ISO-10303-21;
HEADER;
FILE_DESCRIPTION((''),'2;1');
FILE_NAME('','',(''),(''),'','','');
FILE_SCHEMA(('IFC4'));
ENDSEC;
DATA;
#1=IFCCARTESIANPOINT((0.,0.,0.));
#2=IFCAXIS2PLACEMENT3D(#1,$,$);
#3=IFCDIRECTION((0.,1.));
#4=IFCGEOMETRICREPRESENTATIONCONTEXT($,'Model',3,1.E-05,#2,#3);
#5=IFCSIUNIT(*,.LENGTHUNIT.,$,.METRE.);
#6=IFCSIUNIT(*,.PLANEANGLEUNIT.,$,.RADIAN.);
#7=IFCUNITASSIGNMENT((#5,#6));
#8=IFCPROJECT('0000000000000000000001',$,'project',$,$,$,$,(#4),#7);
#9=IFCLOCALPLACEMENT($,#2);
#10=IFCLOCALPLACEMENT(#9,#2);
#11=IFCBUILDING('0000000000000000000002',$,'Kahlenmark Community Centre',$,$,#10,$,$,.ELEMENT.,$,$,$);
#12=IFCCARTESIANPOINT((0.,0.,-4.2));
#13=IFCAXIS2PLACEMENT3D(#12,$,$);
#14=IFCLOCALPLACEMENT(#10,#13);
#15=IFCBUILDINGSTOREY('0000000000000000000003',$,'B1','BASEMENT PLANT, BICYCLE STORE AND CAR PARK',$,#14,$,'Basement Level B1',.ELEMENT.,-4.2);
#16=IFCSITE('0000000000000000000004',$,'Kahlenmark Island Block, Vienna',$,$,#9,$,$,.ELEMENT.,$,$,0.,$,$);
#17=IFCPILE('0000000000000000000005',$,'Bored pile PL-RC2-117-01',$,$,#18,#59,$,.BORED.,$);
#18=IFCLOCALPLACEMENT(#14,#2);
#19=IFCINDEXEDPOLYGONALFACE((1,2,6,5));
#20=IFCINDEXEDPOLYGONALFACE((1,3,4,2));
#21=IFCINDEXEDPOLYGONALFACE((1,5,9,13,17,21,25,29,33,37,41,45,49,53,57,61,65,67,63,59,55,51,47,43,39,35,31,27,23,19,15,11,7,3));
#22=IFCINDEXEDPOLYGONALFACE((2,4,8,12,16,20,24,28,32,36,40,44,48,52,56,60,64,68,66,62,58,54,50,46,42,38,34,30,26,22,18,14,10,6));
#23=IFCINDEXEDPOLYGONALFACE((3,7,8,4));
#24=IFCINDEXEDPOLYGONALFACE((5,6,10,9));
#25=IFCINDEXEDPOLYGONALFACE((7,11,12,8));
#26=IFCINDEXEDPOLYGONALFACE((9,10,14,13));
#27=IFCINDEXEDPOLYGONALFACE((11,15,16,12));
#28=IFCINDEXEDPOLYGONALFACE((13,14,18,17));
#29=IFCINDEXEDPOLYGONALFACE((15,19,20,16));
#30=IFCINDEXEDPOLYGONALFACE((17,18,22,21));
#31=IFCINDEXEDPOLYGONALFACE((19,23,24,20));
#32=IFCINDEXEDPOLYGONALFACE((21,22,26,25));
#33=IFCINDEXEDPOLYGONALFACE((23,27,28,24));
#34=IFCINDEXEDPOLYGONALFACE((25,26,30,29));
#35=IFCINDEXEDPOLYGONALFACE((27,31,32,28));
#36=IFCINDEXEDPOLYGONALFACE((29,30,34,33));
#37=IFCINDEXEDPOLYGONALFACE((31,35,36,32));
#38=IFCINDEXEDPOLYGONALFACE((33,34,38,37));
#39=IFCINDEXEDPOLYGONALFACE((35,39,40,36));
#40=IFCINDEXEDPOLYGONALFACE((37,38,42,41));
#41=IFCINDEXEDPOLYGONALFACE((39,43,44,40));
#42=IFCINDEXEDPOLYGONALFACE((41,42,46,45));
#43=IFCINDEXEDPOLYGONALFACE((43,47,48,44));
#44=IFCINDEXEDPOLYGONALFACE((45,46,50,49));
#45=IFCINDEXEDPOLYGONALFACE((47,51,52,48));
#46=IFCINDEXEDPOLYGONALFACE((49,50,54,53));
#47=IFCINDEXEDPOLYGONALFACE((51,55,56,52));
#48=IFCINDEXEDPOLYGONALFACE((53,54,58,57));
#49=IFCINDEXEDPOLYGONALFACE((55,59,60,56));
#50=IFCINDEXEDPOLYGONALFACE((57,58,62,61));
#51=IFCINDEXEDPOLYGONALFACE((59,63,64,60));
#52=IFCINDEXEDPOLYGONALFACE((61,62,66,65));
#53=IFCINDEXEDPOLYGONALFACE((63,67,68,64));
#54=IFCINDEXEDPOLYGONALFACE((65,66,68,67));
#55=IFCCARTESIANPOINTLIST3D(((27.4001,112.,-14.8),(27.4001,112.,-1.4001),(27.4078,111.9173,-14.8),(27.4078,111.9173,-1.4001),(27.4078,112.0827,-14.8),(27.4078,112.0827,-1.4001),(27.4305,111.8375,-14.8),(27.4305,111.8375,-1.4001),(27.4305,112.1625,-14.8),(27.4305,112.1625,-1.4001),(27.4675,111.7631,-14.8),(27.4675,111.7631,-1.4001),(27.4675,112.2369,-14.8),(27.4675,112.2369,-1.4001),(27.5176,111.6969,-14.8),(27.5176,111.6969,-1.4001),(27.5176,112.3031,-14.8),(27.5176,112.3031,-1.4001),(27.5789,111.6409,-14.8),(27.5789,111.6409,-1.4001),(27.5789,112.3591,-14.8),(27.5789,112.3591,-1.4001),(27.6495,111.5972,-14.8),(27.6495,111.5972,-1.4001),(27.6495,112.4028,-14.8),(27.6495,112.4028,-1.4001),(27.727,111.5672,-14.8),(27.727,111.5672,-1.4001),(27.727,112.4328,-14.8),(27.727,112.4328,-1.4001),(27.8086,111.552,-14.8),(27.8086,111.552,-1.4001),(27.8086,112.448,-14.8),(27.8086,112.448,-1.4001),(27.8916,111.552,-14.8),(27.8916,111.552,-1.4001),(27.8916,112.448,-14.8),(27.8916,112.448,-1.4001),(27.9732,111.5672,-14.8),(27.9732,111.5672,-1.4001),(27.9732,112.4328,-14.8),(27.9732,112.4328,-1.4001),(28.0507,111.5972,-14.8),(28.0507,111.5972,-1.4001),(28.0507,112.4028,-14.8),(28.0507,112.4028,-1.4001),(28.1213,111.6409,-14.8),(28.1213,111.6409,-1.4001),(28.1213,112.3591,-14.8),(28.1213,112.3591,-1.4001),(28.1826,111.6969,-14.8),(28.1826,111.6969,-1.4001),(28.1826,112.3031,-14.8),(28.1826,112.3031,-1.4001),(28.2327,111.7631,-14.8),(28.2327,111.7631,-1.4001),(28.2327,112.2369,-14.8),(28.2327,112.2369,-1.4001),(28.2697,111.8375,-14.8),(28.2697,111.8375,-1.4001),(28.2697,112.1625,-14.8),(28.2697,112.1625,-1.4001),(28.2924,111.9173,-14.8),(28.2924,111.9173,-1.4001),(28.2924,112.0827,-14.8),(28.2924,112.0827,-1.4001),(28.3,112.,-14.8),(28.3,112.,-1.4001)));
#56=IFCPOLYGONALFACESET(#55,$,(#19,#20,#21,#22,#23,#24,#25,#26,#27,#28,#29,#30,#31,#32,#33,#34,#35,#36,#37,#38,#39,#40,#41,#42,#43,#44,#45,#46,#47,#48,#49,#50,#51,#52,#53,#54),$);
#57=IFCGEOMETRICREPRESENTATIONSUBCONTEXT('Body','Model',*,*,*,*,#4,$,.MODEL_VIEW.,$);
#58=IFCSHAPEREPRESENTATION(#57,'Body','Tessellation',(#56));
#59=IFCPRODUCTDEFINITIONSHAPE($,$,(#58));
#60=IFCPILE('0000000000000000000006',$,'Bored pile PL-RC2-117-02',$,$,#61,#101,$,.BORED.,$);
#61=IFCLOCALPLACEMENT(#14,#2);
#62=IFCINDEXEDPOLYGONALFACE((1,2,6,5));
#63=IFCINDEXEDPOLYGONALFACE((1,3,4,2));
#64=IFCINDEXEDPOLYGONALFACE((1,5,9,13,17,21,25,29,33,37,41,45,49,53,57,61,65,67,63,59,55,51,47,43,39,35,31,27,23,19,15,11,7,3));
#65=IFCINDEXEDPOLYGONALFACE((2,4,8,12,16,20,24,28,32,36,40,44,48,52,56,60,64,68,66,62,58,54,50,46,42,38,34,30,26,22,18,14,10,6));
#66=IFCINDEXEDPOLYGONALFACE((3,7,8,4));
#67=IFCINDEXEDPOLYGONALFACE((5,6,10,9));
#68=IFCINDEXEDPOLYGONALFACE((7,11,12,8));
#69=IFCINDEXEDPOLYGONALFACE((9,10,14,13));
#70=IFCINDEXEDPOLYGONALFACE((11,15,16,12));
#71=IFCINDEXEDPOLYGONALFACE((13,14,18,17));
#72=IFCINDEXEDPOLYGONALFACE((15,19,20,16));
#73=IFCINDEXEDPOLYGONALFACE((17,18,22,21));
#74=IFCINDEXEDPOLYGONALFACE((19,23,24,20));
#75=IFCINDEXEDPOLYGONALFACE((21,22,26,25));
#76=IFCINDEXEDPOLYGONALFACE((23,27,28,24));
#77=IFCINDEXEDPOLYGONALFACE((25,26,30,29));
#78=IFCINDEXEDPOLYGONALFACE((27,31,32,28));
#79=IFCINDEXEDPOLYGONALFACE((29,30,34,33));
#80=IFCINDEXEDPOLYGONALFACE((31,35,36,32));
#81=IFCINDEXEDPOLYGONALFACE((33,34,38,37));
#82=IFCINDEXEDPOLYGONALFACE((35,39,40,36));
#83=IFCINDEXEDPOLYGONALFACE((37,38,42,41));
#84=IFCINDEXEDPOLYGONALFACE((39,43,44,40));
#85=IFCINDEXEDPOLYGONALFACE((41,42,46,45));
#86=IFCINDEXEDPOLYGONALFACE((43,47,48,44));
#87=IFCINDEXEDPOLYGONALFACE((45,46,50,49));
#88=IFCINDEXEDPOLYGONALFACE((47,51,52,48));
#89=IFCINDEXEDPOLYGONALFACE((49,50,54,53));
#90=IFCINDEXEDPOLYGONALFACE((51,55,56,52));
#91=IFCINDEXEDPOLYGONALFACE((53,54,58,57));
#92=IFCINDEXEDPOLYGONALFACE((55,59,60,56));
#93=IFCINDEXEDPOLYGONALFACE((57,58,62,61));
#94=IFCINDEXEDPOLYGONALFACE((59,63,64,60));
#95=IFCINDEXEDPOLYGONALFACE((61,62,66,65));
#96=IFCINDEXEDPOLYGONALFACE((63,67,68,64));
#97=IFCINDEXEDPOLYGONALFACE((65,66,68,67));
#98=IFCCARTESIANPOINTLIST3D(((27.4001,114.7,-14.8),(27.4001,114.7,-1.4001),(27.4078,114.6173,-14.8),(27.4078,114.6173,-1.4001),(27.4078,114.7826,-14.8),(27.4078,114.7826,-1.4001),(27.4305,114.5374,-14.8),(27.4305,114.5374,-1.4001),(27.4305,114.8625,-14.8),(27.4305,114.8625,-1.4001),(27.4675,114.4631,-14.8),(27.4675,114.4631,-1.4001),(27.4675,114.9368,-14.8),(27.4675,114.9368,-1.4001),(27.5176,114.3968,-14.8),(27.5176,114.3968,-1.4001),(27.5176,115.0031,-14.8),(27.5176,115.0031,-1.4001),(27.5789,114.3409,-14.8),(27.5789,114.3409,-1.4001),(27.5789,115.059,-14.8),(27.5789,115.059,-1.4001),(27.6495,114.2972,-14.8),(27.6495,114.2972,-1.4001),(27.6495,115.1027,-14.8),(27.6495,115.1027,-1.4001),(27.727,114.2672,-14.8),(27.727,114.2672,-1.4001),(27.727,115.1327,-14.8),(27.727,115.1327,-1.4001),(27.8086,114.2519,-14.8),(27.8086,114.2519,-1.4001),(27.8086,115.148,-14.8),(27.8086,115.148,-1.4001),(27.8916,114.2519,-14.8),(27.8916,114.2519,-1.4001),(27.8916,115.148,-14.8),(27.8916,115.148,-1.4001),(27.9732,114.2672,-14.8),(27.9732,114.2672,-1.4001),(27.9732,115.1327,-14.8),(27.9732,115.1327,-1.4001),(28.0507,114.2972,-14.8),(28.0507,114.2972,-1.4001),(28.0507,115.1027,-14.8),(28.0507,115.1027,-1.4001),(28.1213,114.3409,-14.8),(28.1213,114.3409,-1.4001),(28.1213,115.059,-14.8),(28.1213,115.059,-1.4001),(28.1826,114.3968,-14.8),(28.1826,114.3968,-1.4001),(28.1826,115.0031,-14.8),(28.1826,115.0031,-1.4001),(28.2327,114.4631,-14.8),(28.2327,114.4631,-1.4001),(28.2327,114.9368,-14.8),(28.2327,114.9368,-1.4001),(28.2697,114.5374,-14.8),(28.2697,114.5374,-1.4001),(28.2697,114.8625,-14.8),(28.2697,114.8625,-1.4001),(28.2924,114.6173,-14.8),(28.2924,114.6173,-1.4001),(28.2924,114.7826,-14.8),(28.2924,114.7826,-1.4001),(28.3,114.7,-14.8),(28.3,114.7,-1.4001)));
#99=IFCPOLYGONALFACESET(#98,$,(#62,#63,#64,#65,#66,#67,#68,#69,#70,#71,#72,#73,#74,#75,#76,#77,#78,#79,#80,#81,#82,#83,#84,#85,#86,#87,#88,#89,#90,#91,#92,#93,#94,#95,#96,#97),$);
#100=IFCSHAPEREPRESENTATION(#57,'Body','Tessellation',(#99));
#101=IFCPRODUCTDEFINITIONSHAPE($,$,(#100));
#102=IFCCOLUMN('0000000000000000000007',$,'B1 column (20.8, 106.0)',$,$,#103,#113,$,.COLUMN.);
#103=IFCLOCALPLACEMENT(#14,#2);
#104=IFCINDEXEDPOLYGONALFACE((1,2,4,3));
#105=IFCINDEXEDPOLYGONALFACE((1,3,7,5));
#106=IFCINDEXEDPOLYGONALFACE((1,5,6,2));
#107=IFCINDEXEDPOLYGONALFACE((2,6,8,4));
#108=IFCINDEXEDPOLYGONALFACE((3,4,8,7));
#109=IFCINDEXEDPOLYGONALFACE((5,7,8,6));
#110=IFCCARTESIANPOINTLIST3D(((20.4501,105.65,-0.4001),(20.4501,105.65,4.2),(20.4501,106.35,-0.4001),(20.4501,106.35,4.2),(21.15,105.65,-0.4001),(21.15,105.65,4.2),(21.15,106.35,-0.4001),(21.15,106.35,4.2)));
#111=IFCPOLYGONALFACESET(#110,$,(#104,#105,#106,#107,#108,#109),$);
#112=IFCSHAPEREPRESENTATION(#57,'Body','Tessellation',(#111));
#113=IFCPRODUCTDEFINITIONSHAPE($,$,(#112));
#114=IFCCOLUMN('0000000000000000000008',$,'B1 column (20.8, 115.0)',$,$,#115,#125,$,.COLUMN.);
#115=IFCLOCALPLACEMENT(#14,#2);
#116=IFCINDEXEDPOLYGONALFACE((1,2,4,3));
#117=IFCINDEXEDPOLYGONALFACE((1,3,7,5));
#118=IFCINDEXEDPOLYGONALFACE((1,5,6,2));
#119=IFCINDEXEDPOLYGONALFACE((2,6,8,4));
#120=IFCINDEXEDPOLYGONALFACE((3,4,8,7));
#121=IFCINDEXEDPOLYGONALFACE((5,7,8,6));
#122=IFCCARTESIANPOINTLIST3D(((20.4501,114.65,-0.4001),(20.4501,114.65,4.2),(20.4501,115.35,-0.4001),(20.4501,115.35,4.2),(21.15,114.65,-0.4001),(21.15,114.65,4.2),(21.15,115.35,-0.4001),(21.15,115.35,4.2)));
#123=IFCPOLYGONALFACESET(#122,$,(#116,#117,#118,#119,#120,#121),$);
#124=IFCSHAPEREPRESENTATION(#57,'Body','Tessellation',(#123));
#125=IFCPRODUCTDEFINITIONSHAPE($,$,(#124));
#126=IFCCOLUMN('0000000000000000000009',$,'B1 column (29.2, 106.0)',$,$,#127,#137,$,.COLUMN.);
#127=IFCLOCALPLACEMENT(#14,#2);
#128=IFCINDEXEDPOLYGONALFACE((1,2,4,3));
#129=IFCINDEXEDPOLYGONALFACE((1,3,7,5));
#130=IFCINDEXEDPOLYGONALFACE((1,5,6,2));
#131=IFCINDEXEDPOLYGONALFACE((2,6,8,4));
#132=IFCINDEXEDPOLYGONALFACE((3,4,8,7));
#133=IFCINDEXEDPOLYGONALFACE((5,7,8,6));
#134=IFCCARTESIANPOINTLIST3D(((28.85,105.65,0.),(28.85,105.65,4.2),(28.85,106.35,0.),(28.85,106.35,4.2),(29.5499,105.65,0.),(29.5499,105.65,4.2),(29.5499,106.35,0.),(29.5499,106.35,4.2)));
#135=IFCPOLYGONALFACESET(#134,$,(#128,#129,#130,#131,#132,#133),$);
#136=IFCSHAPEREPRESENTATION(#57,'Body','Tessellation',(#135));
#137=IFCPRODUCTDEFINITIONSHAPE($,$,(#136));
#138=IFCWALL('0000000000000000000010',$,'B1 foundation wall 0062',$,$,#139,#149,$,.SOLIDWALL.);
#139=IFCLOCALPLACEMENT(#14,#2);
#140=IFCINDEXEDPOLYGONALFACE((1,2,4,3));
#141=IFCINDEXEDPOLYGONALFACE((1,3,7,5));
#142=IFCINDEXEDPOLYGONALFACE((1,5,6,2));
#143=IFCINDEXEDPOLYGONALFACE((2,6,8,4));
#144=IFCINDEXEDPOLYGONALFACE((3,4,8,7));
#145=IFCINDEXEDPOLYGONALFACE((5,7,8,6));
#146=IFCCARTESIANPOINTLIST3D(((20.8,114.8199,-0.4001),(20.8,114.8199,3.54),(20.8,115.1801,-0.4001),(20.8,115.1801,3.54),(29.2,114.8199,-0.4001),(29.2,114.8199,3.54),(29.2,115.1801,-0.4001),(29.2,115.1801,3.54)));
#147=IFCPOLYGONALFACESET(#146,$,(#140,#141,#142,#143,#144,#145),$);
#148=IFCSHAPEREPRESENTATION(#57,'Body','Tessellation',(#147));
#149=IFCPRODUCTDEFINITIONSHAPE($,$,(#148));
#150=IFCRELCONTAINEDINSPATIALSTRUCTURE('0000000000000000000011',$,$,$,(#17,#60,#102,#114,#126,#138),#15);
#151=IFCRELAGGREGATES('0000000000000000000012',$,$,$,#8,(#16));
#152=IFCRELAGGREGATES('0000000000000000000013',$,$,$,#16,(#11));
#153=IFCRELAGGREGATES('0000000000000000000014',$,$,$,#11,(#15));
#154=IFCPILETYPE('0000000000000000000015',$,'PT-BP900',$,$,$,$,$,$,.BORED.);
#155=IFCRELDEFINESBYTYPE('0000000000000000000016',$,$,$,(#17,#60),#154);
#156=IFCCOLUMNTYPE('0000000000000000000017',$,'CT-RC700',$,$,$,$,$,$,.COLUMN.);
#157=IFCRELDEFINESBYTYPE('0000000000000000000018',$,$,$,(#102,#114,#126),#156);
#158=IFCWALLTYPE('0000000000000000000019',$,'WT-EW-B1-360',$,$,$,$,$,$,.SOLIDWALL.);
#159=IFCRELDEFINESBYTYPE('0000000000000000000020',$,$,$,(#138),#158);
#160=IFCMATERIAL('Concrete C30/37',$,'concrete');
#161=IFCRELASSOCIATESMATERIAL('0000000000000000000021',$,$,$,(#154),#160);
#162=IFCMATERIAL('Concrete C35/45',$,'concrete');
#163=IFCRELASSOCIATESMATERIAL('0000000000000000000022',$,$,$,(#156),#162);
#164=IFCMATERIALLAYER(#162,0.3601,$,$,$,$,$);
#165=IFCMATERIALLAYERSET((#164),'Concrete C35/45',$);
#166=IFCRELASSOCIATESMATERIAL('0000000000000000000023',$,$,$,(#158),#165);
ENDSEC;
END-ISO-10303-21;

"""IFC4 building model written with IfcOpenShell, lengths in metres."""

from ifc_helpers import new_model, si_unit, direction, frame, frame_2d, origin, origin_2d, place, context, subcontext, project, spatial, rectangle, circle, extrude, material, layer, layer_set, material_profile, profile_set, type_object, element, save


model = new_model("IFC4")

# Units and contexts
model_context = context("Model", 3, precision=1e-05, world=origin(), true_north=direction((0.0, 1.0)))
body_context = subcontext(model_context, "Body", "Model", "MODEL_VIEW")
ifc_project = project(units=[si_unit("LENGTHUNIT", "METRE"), si_unit("PLANEANGLEUNIT", "RADIAN")], contexts=[model_context])

# Site, building, storey
site_placement = place(None, origin())
site = spatial("IfcSite", under=ifc_project, at=site_placement, Name="Kahlenmark Island Block, Vienna", CompositionType="ELEMENT", RefElevation=0.0)
building_placement = place(site_placement, origin())
building = spatial("IfcBuilding", under=site, at=building_placement, Name="Kahlenmark Community Centre", CompositionType="ELEMENT")
storey_placement = place(building_placement, frame((0.0, 0.0, -4.2)))
storey = spatial("IfcBuildingStorey", under=building, at=storey_placement, Name="B1", Description="BASEMENT PLANT, BICYCLE STORE AND CAR PARK", LongName="Basement Level B1", CompositionType="ELEMENT", Elevation=-4.2)

# Shared definitions
ifc_material_1 = material(Name="Concrete C30/37", Category="concrete")

# Piles
ifc_material_profile_1 = material_profile(ifc_material_1, circle(Radius=0.45, at=origin_2d()), Name="BORED PILE 900")
ifc_profile_set_1 = profile_set([ifc_material_profile_1], Name="Concrete C30/37")
pile_type_1 = type_object("IfcPileType", Name="PT-BP900", PredefinedType="BORED", material=ifc_profile_set_1)
for number, where, z_axis, x_axis, name in (
    (1, (27.8501, 112.0, -1.4001), (0.0, 0.0, -1.0), (1.0, 0.0, 0.0), "Bored pile PL-RC2-117-01"),
    (2, (27.8501, 114.7, -1.4001), (0.0, 0.0, -1.0), (1.0, 0.0, 0.0), "Bored pile PL-RC2-117-02"),
):
    element("IfcPile", number, at=place(storey_placement, frame(where, z_axis=z_axis, x_axis=x_axis)), inside=storey, type_object=pile_type_1, Name=name, PredefinedType="BORED", context=body_context, shape_type="SweptSolid", body=[
        extrude(circle(Radius=0.45, at=origin_2d()), origin(), (0.0, 0.0, 1.0), 13.3999),
    ])

# Columns
ifc_material_2 = material(Name="Concrete C35/45", Category="concrete")
ifc_material_profile_2 = material_profile(ifc_material_2, rectangle(XDim=0.7, YDim=0.7, at=origin_2d()), Name="RC 700x700")
ifc_profile_set_2 = profile_set([ifc_material_profile_2], Name="Concrete C35/45")
column_type = type_object("IfcColumnType", Name="CT-RC700", PredefinedType="COLUMN", material=ifc_profile_set_2)
for number, where, z_axis, x_axis, name in (
    (3, (20.8, 106.0, -0.4001), (0.0, 0.0, 1.0), (1.0, 0.0, 0.0), "B1 column (20.8, 106.0)"),
    (4, (20.8, 115.0, -0.4001), (0.0, 0.0, 1.0), (1.0, 0.0, 0.0), "B1 column (20.8, 115.0)"),
):
    element("IfcColumn", number, at=place(storey_placement, frame(where, z_axis=z_axis, x_axis=x_axis)), inside=storey, type_object=column_type, Name=name, PredefinedType="COLUMN", context=body_context, shape_type="SweptSolid", body=[
        extrude(rectangle(XDim=0.7, YDim=0.7, at=origin_2d()), origin(), (0.0, 0.0, 1.0), 4.6001),
    ])
column_placement = place(storey_placement, frame((29.2, 106.0, 0.0), z_axis=(0.0, 0.0, 1.0), x_axis=(1.0, 0.0, 0.0)))
element("IfcColumn", 5, at=column_placement, inside=storey, type_object=column_type, Name="B1 column (29.2, 106.0)", PredefinedType="COLUMN", context=body_context, shape_type="SweptSolid", body=[
    extrude(rectangle(XDim=0.7, YDim=0.7, at=origin_2d()), origin(), (0.0, 0.0, 1.0), 4.2),
])

# Wall
ifc_layer = layer(ifc_material_2, 0.3601)
ifc_layer_set = layer_set([ifc_layer], Name="Concrete C35/45")
wall_type = type_object("IfcWallType", Name="WT-EW-B1-360", PredefinedType="SOLIDWALL", material=ifc_layer_set)
wall_placement = place(storey_placement, frame((20.8, 115.0, -0.4001), z_axis=(0.0, 0.0, 1.0), x_axis=(1.0, 0.0, 0.0)))
element("IfcWall", 6, at=wall_placement, inside=storey, type_object=wall_type, Name="B1 foundation wall 0062", PredefinedType="SOLIDWALL", context=body_context, shape_type="SweptSolid", body=[
    extrude(rectangle(XDim=8.3999, YDim=0.3601, at=frame_2d((4.2, 0.0))), origin(), (0.0, 0.0, 1.0), 3.9402),
])

save(model, "model.ifc")
